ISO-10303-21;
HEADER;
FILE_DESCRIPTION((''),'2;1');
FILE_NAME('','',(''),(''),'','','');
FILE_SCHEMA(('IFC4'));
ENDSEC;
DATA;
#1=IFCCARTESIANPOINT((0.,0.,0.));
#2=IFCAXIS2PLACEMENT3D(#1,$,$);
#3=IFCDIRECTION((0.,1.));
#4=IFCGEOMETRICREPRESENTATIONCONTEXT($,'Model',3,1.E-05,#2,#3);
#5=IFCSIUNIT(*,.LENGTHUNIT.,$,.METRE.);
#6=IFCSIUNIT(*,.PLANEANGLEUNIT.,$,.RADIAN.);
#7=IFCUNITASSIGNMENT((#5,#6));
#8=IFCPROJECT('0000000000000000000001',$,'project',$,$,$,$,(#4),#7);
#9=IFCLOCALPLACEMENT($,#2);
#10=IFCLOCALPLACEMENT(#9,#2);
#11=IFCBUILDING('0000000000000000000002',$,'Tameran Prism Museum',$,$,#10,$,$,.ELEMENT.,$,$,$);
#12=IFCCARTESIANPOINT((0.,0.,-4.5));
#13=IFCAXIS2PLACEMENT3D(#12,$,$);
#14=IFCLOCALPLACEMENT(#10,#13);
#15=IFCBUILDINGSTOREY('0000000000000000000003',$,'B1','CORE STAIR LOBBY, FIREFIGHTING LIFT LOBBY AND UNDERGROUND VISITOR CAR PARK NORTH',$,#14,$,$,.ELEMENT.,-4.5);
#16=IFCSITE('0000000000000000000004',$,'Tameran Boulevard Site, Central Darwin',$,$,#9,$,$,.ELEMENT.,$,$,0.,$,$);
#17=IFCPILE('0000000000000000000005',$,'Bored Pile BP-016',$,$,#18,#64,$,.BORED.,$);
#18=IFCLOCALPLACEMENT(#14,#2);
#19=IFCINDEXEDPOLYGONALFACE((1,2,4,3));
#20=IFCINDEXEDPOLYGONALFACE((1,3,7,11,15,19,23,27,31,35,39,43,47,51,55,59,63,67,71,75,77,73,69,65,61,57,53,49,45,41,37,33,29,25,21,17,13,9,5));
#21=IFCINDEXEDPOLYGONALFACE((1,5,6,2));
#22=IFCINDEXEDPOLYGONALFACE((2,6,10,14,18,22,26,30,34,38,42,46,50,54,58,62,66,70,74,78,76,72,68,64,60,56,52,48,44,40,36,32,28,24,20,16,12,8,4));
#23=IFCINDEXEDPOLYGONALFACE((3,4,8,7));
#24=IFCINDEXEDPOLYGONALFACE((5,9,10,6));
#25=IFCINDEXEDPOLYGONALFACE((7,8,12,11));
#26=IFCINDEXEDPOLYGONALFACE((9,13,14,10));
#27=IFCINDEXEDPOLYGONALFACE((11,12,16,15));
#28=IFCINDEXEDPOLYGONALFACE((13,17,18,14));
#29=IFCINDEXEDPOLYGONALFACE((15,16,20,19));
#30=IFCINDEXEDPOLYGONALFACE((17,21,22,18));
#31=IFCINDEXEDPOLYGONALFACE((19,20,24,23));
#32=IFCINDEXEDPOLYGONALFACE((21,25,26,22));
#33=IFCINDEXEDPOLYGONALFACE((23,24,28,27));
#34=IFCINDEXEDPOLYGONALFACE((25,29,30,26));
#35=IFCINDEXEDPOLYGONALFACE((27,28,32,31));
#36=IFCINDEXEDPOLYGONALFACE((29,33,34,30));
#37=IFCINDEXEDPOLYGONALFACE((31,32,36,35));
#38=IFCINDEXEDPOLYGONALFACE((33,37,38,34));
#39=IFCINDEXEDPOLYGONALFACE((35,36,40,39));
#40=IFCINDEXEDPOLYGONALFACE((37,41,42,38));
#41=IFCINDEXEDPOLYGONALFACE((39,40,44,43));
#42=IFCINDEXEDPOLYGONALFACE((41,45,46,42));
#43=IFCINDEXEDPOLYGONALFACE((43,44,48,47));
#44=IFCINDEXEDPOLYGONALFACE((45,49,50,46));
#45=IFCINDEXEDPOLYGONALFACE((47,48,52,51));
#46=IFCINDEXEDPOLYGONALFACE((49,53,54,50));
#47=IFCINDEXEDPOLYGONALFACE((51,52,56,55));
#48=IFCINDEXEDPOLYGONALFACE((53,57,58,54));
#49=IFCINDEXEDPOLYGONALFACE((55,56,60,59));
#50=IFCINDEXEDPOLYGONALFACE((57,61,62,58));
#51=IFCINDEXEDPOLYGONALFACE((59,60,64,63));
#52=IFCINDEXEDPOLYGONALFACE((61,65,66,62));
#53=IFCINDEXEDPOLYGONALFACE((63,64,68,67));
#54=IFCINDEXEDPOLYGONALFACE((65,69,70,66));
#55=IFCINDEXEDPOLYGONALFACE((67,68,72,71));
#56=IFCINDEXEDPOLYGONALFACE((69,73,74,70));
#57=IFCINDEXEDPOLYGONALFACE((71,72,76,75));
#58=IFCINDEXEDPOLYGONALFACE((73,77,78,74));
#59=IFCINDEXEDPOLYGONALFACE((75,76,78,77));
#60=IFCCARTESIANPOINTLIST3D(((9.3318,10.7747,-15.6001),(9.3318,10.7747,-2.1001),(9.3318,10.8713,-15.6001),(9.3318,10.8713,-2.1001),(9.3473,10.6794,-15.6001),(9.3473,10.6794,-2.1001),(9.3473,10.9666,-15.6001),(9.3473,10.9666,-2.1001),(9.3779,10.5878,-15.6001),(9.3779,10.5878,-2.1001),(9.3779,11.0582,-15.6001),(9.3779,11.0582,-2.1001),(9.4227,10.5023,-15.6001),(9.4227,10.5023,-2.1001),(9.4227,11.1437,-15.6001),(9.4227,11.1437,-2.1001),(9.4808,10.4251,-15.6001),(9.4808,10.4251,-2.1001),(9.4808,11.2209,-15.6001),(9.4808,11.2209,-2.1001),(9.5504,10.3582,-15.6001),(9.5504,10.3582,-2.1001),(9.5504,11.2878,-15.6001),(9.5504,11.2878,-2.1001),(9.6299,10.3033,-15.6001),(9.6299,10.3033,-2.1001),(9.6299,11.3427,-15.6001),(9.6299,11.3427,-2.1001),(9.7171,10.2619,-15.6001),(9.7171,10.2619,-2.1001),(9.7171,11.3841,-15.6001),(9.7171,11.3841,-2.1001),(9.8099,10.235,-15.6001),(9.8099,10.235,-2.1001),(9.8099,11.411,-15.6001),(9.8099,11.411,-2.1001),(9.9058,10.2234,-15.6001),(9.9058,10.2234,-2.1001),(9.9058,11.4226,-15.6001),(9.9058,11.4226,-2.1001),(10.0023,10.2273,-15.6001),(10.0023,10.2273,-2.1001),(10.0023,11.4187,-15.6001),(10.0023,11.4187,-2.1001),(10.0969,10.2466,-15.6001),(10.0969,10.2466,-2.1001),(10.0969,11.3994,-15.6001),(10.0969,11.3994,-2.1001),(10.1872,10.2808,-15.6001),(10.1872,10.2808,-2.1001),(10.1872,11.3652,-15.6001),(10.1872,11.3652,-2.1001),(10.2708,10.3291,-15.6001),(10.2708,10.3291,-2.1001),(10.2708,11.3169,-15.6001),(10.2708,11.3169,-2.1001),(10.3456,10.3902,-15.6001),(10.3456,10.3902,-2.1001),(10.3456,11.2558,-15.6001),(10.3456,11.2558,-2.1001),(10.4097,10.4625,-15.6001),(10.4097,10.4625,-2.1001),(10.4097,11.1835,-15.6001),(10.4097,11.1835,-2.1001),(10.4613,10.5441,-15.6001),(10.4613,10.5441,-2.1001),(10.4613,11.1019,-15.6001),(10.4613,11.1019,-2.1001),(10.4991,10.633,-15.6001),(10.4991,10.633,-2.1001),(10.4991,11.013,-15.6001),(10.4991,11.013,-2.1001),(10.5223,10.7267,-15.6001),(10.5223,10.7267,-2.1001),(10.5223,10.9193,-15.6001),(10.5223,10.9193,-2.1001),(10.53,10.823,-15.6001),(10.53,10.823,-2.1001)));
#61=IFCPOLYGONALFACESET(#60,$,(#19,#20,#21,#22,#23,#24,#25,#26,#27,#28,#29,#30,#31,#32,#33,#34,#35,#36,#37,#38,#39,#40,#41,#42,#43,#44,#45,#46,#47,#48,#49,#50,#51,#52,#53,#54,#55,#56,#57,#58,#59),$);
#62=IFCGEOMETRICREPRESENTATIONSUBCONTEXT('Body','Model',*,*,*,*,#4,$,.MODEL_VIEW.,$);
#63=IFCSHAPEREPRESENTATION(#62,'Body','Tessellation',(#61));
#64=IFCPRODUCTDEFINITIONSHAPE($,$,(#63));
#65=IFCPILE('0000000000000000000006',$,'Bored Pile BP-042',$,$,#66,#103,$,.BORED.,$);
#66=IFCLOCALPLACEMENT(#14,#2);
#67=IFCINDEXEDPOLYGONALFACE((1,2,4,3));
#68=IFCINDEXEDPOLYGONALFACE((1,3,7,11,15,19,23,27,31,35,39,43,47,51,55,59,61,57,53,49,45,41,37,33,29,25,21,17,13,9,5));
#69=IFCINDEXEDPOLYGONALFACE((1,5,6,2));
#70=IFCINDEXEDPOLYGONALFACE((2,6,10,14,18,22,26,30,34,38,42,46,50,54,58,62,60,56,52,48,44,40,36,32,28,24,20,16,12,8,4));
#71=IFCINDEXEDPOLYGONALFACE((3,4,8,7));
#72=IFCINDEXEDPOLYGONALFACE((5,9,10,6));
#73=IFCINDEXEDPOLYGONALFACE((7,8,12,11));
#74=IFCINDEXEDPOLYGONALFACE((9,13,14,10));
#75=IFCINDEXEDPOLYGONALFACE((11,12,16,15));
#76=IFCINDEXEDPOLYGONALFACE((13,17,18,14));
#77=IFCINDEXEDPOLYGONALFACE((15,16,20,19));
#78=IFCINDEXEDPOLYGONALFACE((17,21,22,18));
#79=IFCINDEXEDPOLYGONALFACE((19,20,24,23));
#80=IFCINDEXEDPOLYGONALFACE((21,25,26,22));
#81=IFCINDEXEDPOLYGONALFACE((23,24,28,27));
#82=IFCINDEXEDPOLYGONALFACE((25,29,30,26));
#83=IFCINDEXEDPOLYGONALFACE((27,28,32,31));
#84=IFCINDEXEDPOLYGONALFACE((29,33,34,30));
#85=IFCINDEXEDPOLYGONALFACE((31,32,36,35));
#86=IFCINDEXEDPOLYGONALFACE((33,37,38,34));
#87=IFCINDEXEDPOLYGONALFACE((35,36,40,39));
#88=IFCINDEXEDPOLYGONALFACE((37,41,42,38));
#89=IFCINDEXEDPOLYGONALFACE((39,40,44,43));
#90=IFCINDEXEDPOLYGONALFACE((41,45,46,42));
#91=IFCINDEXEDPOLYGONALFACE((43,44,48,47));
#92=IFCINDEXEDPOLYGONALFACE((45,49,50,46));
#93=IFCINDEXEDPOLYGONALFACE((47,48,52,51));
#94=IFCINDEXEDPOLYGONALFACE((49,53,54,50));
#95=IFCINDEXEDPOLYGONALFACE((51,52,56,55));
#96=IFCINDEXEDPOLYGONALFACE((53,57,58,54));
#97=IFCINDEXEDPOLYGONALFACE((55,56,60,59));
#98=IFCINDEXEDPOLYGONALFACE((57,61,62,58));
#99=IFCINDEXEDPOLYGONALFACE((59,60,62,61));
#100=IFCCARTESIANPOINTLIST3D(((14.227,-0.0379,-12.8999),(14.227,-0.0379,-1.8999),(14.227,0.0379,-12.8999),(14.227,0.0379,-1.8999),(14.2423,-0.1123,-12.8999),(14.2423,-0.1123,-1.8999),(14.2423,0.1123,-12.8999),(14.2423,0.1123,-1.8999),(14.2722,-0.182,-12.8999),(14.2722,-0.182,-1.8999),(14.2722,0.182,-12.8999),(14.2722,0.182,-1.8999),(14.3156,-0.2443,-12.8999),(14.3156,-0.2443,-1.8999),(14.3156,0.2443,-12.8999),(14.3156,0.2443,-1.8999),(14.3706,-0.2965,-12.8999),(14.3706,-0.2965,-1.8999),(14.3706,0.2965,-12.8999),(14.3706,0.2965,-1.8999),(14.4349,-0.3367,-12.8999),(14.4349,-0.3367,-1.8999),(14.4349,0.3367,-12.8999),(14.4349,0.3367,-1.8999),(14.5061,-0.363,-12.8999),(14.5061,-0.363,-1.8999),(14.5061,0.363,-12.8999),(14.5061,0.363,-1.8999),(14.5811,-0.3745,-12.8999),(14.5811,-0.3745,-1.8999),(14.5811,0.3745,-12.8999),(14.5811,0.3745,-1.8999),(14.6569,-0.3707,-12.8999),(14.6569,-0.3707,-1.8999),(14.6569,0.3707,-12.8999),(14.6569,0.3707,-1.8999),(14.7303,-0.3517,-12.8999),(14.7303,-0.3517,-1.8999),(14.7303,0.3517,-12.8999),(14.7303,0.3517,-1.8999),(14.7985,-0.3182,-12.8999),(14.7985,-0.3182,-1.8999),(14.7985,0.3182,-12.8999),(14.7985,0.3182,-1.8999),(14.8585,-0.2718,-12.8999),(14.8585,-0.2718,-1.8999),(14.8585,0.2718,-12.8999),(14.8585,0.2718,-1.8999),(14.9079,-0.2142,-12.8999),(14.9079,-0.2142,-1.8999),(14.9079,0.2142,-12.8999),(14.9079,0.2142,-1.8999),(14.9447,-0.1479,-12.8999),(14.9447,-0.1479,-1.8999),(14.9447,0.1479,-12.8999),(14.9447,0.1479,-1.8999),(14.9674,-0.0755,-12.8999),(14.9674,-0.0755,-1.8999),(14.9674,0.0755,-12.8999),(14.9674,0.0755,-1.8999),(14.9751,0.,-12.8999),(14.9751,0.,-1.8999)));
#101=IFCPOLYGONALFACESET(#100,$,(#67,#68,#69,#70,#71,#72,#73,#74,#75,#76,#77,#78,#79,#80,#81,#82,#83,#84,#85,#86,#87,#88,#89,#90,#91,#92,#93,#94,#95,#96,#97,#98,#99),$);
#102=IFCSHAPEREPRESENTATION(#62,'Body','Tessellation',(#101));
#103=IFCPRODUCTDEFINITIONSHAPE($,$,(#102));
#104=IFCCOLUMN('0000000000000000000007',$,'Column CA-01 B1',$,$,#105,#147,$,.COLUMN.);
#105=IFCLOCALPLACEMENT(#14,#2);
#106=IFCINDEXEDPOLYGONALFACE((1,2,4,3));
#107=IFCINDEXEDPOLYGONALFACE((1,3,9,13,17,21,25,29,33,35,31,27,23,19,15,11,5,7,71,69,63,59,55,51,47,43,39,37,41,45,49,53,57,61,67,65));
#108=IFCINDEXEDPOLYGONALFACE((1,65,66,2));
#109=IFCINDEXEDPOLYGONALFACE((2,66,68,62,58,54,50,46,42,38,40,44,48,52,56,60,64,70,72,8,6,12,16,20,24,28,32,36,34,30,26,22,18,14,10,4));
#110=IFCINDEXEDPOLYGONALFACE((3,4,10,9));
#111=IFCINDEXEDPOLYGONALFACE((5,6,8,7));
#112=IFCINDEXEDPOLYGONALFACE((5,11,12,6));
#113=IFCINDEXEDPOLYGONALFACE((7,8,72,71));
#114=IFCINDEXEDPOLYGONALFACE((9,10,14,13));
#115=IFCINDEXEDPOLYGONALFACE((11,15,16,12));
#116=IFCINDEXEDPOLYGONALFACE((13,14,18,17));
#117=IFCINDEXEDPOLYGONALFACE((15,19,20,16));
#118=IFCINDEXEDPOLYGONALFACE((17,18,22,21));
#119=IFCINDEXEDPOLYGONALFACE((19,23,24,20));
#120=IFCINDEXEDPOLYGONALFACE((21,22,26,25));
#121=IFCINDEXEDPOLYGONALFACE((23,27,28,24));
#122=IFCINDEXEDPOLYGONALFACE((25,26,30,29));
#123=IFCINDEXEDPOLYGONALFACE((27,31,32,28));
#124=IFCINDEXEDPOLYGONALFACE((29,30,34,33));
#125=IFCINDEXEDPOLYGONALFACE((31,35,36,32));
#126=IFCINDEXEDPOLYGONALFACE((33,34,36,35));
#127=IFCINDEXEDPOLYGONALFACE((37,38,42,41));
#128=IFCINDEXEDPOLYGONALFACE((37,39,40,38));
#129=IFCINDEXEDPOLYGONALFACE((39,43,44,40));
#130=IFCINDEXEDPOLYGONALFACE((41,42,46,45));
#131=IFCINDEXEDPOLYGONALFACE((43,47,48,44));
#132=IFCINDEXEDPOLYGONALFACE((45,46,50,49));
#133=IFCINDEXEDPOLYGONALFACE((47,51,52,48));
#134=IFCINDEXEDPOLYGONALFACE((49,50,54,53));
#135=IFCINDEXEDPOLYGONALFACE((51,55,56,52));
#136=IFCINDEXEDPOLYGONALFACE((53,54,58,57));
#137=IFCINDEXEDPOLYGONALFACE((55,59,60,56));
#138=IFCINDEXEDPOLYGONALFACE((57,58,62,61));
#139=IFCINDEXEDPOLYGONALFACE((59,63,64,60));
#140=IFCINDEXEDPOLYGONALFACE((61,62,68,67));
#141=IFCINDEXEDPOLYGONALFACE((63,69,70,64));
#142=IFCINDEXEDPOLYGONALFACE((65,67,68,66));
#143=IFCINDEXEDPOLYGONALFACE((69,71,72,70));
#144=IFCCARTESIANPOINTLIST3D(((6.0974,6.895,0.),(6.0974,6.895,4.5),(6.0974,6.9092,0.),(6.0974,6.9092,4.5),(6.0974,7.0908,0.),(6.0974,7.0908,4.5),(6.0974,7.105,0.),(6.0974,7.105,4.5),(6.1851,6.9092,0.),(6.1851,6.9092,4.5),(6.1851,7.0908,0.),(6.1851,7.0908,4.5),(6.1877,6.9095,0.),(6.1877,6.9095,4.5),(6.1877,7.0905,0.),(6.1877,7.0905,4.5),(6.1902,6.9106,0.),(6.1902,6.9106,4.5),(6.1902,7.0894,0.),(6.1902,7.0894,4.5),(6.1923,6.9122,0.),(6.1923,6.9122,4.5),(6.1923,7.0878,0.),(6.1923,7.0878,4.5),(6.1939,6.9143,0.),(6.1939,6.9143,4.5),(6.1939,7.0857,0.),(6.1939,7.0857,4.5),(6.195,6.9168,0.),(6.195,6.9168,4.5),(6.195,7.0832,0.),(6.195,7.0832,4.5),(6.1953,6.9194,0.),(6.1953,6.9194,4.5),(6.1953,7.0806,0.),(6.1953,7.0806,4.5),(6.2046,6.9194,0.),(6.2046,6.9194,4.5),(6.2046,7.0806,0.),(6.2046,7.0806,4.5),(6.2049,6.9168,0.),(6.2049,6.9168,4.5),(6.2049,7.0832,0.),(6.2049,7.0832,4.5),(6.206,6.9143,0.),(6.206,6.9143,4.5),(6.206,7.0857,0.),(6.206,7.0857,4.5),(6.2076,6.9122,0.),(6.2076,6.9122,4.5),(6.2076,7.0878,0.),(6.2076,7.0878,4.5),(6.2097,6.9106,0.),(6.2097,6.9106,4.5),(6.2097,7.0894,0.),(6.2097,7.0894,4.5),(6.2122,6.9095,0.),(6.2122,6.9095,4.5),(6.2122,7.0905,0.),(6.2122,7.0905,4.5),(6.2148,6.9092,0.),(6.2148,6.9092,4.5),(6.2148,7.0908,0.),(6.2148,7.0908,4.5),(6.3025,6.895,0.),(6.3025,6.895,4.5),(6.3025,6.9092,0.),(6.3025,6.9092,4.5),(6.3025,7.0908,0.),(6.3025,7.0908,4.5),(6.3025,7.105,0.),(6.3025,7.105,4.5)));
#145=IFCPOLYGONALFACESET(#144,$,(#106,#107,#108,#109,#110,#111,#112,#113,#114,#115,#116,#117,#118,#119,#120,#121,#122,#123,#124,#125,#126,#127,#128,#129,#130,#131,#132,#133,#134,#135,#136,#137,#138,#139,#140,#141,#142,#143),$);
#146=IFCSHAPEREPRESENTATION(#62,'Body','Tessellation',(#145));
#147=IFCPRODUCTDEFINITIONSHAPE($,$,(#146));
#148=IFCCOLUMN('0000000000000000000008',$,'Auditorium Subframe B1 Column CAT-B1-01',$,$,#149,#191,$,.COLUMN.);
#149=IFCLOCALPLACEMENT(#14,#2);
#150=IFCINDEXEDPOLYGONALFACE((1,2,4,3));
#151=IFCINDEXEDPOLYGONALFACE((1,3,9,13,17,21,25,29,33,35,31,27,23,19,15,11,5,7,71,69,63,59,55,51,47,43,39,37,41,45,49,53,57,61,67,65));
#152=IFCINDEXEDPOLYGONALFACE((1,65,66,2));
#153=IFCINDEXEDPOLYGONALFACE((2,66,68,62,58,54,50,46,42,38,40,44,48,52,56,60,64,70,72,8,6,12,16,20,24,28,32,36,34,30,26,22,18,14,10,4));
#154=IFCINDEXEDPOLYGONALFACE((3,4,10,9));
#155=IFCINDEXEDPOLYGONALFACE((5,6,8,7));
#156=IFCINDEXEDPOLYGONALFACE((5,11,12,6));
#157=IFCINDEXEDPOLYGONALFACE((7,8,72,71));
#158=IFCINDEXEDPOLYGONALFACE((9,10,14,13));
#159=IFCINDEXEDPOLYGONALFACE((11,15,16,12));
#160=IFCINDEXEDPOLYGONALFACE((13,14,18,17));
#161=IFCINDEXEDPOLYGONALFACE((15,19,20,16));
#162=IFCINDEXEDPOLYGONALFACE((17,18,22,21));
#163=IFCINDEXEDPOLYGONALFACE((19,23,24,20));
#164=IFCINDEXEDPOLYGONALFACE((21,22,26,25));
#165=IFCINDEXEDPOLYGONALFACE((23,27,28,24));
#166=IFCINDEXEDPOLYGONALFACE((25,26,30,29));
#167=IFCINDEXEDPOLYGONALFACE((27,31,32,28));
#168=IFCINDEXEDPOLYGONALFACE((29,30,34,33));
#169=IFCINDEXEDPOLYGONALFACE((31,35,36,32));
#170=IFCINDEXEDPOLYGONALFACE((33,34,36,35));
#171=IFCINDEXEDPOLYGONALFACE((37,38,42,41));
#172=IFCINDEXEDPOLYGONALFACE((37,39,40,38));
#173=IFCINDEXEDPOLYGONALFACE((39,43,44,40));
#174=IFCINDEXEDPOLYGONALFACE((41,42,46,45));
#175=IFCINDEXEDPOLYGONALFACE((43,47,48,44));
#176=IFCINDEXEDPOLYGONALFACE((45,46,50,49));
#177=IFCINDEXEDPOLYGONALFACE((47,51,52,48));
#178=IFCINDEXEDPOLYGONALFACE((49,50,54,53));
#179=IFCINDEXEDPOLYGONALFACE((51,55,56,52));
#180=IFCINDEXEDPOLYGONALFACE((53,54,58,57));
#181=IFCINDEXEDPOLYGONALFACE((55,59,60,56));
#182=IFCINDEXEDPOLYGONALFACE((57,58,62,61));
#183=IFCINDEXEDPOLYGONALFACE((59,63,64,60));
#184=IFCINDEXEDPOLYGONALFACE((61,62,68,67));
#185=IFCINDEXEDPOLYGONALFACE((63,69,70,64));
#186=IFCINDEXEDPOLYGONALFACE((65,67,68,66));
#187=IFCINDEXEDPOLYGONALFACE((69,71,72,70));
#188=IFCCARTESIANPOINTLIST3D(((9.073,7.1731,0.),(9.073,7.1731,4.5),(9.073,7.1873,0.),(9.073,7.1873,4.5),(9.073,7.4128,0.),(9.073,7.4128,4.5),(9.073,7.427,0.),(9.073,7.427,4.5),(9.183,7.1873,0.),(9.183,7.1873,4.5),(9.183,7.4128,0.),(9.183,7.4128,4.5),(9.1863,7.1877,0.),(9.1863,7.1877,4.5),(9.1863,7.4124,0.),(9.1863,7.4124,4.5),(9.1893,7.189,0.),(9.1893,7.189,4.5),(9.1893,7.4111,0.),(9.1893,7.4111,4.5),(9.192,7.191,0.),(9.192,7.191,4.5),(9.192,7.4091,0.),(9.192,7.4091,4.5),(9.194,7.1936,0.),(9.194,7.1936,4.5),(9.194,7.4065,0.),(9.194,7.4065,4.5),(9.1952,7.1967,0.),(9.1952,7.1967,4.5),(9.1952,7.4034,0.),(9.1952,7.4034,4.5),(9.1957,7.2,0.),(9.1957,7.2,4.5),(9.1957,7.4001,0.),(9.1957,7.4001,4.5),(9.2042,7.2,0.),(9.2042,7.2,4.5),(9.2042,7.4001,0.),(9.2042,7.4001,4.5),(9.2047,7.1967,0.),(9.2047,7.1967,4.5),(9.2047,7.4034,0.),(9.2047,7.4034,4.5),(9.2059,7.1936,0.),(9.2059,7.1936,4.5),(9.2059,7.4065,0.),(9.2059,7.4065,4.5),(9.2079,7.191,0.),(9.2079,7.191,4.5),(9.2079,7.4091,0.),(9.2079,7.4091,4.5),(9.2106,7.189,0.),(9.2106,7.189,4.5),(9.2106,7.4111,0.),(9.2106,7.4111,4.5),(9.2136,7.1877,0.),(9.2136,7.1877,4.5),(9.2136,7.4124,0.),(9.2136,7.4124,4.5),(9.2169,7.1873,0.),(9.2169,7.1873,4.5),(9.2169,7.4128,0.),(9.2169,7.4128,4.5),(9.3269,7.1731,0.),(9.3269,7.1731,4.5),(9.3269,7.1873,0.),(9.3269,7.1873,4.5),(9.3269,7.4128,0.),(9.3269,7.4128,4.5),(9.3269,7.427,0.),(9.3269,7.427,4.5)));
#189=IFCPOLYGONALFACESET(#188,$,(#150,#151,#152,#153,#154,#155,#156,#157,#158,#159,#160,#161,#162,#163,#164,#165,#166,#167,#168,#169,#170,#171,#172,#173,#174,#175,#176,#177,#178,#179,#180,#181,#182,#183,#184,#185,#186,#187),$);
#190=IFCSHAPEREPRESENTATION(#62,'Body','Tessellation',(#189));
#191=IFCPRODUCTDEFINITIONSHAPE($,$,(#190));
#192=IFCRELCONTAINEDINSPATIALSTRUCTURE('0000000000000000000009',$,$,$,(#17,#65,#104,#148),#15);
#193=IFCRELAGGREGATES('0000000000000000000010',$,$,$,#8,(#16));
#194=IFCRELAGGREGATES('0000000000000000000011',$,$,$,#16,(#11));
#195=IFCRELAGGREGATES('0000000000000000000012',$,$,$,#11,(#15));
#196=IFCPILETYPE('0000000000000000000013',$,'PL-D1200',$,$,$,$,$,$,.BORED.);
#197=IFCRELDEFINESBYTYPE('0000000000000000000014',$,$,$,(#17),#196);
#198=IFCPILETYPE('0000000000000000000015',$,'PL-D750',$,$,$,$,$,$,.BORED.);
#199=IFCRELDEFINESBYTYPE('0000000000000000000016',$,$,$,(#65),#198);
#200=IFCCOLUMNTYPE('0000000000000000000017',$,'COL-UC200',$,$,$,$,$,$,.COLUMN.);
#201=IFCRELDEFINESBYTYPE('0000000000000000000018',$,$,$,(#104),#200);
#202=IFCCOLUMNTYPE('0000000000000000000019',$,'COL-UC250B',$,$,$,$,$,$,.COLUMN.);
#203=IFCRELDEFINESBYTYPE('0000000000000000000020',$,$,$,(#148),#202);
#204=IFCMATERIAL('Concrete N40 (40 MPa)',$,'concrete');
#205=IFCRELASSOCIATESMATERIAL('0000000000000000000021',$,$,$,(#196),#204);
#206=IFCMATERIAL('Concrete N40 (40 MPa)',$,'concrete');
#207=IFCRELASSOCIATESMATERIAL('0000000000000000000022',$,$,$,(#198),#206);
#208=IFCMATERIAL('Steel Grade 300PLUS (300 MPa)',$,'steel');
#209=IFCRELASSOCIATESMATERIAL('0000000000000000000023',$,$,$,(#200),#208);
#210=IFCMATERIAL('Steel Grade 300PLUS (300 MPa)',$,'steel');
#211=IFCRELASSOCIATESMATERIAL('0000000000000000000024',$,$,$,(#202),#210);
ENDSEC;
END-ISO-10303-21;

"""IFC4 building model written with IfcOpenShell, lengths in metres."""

from ifc_helpers import new_model, si_unit, direction, frame, origin, origin_2d, place, context, subcontext, project, spatial, circle, i_section, extrude, material, material_profile, profile_set, type_object, element, save


model = new_model("IFC4")

# Units and contexts
model_context = context("Model", 3, precision=1e-05, world=origin(), true_north=direction((0.0, 1.0)))
body_context = subcontext(model_context, "Body", "Model", "MODEL_VIEW")
ifc_project = project(units=[si_unit("LENGTHUNIT", "METRE"), si_unit("PLANEANGLEUNIT", "RADIAN")], contexts=[model_context])

# Site, building, storey
site_placement = place(None, origin())
site = spatial("IfcSite", under=ifc_project, at=site_placement, Name="Tameran Boulevard Site, Central Darwin", CompositionType="ELEMENT", RefElevation=0.0)
building_placement = place(site_placement, origin())
building = spatial("IfcBuilding", under=site, at=building_placement, Name="Tameran Prism Museum", CompositionType="ELEMENT")
storey_placement = place(building_placement, frame((0.0, 0.0, -4.5)))
storey = spatial("IfcBuildingStorey", under=building, at=storey_placement, Name="B1", Description="CORE STAIR LOBBY, FIREFIGHTING LIFT LOBBY AND UNDERGROUND VISITOR CAR PARK NORTH", CompositionType="ELEMENT", Elevation=-4.5)

# Piles
ifc_material_1 = material(Name="Concrete N40 (40 MPa)", Category="concrete")
ifc_material_profile_1 = material_profile(ifc_material_1, circle(Radius=0.6001, at=origin_2d()))
ifc_profile_set_1 = profile_set([ifc_material_profile_1])
pile_type_1 = type_object("IfcPileType", Name="PL-D1200", PredefinedType="BORED", material=ifc_profile_set_1)
for number, where, z_axis, x_axis, name in (
    (1, (9.9299, 10.823, -2.1001), (0.0, 0.0, -1.0), (1.0, 0.0, 0.0), "Bored Pile BP-016"),
):
    element("IfcPile", number, at=place(storey_placement, frame(where, z_axis=z_axis, x_axis=x_axis)), inside=storey, type_object=pile_type_1, Name=name, PredefinedType="BORED", context=body_context, shape_type="SweptSolid", body=[
        extrude(circle(Radius=0.6001, at=origin_2d()), origin(), (0.0, 0.0, 1.0), 13.5),
    ])
ifc_material_2 = material(Name="Concrete N40 (40 MPa)", Category="concrete")
ifc_material_profile_2 = material_profile(ifc_material_2, circle(Radius=0.375, at=origin_2d()))
ifc_profile_set_2 = profile_set([ifc_material_profile_2])
pile_type_2 = type_object("IfcPileType", Name="PL-D750", PredefinedType="BORED", material=ifc_profile_set_2)
pile_placement = place(storey_placement, frame((14.6001, 0.0, -1.8999), z_axis=(0.0, 0.0, -1.0), x_axis=(1.0, 0.0, 0.0)))
element("IfcPile", 2, at=pile_placement, inside=storey, type_object=pile_type_2, Name="Bored Pile BP-042", PredefinedType="BORED", context=body_context, shape_type="SweptSolid", body=[
    extrude(circle(Radius=0.375, at=origin_2d()), origin(), (0.0, 0.0, 1.0), 11.0),
])

# Columns
ifc_material_3 = material(Name="Steel Grade 300PLUS (300 MPa)", Category="steel")
ifc_material_profile_3 = material_profile(ifc_material_3, i_section(OverallWidth=0.2051, OverallDepth=0.21, WebThickness=0.0093, FlangeThickness=0.0142, FilletRadius=0.0103, at=origin_2d()))
ifc_profile_set_3 = profile_set([ifc_material_profile_3])
column_type_1 = type_object("IfcColumnType", Name="COL-UC200", PredefinedType="COLUMN", material=ifc_profile_set_3)
column_1_placement = place(storey_placement, frame((6.2, 7.0, 0.0), z_axis=(0.0, 0.0, 1.0), x_axis=(1.0, 0.0, 0.0)))
element("IfcColumn", 3, at=column_1_placement, inside=storey, type_object=column_type_1, Name="Column CA-01 B1", PredefinedType="COLUMN", context=body_context, shape_type="SweptSolid", body=[
    extrude(i_section(OverallWidth=0.2051, OverallDepth=0.21, WebThickness=0.0093, FlangeThickness=0.0142, FilletRadius=0.0103, at=origin_2d()), origin(), (0.0, 0.0, 1.0), 4.5),
])
ifc_material_4 = material(Name="Steel Grade 300PLUS (300 MPa)", Category="steel")
ifc_material_profile_4 = material_profile(ifc_material_4, i_section(OverallWidth=0.2539, OverallDepth=0.2539, WebThickness=0.0085, FlangeThickness=0.0142, FilletRadius=0.0127, at=origin_2d()))
ifc_profile_set_4 = profile_set([ifc_material_profile_4])
column_type_2 = type_object("IfcColumnType", Name="COL-UC250B", PredefinedType="COLUMN", material=ifc_profile_set_4)
for number, where, z_axis, x_axis, name in (
    (4, (9.2, 7.3, 0.0), (0.0, 0.0, 1.0), (1.0, 0.0, 0.0), "Auditorium Subframe B1 Column CAT-B1-01"),
):
    element("IfcColumn", number, at=place(storey_placement, frame(where, z_axis=z_axis, x_axis=x_axis)), inside=storey, type_object=column_type_2, Name=name, PredefinedType="COLUMN", context=body_context, shape_type="SweptSolid", body=[
        extrude(i_section(OverallWidth=0.2539, OverallDepth=0.2539, WebThickness=0.0085, FlangeThickness=0.0142, FilletRadius=0.0127, at=origin_2d()), origin(), (0.0, 0.0, 1.0), 4.5),
    ])

save(model, "model.ifc")
